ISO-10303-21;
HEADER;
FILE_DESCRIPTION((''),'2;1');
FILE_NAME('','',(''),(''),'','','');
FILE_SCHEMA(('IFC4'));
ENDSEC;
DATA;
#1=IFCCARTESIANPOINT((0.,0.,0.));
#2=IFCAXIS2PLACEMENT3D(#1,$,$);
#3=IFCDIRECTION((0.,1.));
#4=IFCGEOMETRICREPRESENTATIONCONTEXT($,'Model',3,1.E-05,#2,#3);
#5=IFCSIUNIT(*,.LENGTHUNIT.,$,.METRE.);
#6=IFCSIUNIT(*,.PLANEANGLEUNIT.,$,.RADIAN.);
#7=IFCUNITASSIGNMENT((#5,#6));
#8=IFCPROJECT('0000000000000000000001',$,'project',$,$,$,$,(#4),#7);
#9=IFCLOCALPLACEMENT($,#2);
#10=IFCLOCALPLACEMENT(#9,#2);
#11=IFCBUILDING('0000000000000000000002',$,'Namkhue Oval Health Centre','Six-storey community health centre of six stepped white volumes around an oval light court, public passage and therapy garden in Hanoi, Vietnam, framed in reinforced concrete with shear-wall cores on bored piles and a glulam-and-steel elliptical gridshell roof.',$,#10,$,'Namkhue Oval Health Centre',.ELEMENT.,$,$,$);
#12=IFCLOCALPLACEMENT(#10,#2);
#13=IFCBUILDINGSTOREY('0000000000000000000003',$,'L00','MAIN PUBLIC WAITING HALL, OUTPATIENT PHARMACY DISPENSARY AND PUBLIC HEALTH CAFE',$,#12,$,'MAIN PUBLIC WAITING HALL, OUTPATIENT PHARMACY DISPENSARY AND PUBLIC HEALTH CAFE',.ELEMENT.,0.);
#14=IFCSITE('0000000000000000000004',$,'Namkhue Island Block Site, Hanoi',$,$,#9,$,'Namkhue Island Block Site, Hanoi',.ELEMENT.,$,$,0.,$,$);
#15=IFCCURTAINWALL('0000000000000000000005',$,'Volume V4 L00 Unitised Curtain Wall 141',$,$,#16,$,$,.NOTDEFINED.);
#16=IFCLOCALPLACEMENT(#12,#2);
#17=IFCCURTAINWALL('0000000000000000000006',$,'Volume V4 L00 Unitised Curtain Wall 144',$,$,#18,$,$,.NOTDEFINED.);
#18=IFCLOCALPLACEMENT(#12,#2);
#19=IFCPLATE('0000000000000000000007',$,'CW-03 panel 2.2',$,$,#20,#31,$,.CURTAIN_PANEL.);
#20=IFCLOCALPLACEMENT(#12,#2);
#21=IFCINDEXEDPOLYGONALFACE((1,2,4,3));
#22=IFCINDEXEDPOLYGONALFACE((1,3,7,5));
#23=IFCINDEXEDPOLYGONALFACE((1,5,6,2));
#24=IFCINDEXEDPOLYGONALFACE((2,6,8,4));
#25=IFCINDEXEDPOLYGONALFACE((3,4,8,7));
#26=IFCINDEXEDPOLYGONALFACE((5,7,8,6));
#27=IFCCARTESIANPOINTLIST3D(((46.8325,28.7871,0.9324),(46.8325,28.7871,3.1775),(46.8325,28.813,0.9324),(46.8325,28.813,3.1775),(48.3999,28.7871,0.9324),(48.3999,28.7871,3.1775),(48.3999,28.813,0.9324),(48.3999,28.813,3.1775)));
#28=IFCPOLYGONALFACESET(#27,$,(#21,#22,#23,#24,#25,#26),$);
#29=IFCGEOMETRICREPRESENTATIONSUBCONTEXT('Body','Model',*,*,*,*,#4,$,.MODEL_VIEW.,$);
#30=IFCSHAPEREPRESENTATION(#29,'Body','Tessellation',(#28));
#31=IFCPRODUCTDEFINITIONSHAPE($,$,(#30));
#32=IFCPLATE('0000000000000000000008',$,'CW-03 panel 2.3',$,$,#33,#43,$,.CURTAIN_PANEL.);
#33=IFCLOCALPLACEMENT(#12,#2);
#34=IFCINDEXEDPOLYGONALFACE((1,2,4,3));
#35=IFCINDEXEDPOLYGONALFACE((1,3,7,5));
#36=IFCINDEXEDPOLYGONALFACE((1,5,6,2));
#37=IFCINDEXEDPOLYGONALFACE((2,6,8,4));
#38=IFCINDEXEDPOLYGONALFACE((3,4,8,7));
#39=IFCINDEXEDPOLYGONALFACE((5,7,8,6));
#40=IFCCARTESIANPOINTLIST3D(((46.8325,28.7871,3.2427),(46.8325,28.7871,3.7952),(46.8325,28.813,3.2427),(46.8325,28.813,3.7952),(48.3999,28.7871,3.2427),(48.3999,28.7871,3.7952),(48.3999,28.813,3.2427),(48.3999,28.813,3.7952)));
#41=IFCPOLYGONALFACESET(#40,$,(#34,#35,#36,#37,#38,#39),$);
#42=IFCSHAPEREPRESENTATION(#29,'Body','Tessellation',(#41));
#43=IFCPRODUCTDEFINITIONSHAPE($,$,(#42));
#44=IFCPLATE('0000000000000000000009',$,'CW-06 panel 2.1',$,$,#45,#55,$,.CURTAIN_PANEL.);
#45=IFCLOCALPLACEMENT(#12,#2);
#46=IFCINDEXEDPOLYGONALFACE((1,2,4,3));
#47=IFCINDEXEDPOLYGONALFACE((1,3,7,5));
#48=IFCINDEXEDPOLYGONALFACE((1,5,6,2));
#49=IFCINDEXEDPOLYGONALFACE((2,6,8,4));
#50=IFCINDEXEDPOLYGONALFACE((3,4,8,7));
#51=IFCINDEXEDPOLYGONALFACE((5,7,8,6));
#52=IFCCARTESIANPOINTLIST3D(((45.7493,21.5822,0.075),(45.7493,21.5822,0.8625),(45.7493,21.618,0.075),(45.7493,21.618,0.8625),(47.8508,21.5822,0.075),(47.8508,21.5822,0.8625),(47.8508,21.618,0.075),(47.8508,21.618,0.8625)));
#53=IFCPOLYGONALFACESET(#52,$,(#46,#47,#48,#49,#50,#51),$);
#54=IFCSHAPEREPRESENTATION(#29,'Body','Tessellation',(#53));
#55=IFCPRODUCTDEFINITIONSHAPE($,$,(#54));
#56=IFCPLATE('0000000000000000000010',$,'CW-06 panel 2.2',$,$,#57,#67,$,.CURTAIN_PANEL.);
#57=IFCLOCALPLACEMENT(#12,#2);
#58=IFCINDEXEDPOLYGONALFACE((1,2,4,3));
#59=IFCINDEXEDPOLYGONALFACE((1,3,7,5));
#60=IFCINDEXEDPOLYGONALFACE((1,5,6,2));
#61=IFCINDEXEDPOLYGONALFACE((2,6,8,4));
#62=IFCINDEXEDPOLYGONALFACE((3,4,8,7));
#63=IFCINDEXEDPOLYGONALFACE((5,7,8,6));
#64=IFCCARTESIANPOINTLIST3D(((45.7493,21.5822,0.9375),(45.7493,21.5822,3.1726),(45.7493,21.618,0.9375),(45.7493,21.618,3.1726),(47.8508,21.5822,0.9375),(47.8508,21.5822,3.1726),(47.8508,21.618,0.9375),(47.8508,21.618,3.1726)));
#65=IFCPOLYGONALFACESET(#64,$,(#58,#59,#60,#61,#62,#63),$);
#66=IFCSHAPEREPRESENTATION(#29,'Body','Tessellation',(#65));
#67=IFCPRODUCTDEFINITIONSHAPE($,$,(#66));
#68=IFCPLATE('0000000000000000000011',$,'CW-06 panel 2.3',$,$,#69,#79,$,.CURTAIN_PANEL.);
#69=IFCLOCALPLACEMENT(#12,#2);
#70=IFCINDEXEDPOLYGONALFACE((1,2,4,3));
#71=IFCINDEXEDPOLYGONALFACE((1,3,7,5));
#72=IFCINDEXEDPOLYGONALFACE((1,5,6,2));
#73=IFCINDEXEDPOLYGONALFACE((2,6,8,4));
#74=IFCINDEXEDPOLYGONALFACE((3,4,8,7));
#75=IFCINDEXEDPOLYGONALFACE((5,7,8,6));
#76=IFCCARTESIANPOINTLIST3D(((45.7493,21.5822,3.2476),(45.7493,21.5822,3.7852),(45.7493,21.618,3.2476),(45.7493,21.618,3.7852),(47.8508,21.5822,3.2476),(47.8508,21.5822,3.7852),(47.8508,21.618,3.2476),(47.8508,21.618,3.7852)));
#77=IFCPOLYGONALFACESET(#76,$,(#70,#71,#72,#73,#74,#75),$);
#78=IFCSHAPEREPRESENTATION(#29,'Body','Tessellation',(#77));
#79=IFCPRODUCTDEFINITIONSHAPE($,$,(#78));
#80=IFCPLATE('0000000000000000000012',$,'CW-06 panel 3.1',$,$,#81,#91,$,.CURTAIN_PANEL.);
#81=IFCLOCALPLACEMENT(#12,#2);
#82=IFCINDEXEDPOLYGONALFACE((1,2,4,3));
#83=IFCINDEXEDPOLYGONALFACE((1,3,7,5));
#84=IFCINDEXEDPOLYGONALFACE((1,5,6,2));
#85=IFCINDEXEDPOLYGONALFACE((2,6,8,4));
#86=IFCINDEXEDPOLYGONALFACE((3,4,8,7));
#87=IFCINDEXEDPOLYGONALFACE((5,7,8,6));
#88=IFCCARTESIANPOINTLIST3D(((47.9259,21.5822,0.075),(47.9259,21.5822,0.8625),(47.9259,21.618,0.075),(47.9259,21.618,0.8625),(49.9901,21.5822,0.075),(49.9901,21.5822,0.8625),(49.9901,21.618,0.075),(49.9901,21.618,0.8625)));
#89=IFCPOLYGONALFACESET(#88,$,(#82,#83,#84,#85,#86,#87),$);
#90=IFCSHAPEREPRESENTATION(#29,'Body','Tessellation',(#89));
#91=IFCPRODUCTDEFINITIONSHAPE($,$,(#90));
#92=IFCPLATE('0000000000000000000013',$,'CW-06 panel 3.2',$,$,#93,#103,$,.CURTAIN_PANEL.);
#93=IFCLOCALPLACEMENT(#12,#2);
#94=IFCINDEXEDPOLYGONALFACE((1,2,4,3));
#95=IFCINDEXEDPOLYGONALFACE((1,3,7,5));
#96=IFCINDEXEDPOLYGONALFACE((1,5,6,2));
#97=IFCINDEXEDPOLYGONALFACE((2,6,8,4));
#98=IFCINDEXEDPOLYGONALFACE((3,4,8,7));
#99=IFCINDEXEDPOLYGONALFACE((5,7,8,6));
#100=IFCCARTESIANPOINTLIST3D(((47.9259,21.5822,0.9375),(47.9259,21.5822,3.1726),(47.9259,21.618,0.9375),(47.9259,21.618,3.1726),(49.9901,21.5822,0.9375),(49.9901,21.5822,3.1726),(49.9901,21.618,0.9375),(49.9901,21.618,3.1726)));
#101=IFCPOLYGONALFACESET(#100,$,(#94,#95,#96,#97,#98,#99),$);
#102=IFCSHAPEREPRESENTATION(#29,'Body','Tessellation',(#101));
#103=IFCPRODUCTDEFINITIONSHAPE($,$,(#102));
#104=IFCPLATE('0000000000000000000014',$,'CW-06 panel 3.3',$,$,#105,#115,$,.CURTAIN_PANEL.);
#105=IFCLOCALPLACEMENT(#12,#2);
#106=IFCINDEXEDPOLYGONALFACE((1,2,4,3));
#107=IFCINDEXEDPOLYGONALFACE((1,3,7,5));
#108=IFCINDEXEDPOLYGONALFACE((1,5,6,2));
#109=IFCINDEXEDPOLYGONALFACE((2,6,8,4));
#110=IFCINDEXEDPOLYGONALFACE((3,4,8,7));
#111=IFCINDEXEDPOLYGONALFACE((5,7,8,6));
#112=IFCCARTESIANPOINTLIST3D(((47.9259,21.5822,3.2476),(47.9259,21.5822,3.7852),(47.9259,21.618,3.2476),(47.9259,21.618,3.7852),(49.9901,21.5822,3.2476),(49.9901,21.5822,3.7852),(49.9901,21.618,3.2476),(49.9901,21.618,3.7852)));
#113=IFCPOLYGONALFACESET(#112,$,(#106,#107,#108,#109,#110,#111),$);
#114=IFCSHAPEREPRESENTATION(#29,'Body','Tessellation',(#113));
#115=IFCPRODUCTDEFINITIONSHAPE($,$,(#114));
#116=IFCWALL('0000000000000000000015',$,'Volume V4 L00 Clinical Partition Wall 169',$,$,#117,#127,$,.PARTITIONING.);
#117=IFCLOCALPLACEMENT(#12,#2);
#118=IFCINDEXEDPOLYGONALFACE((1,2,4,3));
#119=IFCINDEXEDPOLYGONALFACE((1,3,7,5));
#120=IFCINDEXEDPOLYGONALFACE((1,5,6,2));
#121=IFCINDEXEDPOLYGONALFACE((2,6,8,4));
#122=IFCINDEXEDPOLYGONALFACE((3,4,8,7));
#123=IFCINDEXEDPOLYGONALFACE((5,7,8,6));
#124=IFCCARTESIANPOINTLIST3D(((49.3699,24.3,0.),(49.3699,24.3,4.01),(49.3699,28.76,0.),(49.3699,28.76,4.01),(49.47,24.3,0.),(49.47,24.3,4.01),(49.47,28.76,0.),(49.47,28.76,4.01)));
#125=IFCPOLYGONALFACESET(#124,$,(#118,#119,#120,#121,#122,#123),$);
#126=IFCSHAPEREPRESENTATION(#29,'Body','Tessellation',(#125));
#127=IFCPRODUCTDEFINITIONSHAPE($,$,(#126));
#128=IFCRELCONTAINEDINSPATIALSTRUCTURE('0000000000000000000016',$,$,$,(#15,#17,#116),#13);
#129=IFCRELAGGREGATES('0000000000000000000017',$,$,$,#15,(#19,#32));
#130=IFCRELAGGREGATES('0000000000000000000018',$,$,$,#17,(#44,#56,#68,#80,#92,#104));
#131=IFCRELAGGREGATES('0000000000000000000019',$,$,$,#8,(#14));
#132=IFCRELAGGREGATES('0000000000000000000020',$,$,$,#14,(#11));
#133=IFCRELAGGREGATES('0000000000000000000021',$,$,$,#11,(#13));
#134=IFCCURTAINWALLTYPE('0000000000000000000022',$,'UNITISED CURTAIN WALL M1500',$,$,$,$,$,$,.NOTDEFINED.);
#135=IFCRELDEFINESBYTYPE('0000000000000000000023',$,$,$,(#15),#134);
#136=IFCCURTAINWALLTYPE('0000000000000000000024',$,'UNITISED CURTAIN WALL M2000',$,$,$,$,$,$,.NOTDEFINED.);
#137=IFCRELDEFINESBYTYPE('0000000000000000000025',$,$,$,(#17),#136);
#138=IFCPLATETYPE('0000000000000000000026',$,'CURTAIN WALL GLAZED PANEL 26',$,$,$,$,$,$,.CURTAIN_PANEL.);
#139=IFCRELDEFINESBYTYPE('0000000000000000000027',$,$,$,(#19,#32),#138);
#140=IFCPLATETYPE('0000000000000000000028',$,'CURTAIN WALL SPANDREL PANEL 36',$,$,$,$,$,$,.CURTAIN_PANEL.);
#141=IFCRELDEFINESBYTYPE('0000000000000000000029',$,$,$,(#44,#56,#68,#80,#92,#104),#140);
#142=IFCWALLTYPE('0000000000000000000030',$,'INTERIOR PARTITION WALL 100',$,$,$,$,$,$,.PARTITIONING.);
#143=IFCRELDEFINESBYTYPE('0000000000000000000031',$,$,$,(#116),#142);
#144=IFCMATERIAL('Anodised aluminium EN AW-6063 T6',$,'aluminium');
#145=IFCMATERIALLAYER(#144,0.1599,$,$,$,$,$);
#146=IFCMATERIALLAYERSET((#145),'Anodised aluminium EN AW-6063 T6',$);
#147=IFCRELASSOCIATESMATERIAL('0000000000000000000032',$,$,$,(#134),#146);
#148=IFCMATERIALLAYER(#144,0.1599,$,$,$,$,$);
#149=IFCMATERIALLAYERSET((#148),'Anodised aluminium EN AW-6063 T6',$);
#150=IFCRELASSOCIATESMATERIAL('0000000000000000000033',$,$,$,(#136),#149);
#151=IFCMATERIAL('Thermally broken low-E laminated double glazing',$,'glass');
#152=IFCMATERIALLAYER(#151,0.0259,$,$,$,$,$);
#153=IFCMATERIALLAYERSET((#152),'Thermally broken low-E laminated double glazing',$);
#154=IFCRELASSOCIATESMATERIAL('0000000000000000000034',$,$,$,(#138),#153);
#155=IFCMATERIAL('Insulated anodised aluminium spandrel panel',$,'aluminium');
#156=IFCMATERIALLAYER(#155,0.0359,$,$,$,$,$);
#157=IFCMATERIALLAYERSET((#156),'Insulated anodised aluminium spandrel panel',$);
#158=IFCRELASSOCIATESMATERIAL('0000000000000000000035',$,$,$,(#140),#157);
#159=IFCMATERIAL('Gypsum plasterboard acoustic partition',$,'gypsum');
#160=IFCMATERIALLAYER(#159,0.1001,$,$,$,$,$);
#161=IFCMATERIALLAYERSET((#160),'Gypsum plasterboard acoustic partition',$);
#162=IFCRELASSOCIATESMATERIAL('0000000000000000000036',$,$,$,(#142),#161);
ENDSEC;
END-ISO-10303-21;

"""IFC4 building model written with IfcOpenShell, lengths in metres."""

from ifc_helpers import new_model, si_unit, direction, frame, frame_2d, origin, origin_2d, place, context, subcontext, project, spatial, rectangle, extrude, material, layer, layer_set, type_object, element, aggregate, save


model = new_model("IFC4")

# Units and contexts
model_context = context("Model", 3, precision=1e-05, world=origin(), true_north=direction((0.0, 1.0)))
body_context = subcontext(model_context, "Body", "Model", "MODEL_VIEW")
ifc_project = project(units=[si_unit("LENGTHUNIT", "METRE"), si_unit("PLANEANGLEUNIT", "RADIAN")], contexts=[model_context])

# Site, building, storey
site_placement = place(None, origin())
site = spatial("IfcSite", under=ifc_project, at=site_placement, Name="Namkhue Island Block Site, Hanoi", LongName="Namkhue Island Block Site, Hanoi", CompositionType="ELEMENT", RefElevation=0.0)
building_placement = place(site_placement, origin())
building = spatial("IfcBuilding", under=site, at=building_placement, Name="Namkhue Oval Health Centre", Description="Six-storey community health centre of six stepped white volumes around an oval light court, public passage and therapy garden in Hanoi, Vietnam, framed in reinforced concrete with shear-wall cores on bored piles and a glulam-and-steel elliptical gridshell roof.", LongName="Namkhue Oval Health Centre", CompositionType="ELEMENT")
storey_placement = place(building_placement, origin())
storey = spatial("IfcBuildingStorey", under=building, at=storey_placement, Name="L00", Description="MAIN PUBLIC WAITING HALL, OUTPATIENT PHARMACY DISPENSARY AND PUBLIC HEALTH CAFE", LongName="MAIN PUBLIC WAITING HALL, OUTPATIENT PHARMACY DISPENSARY AND PUBLIC HEALTH CAFE", CompositionType="ELEMENT", Elevation=0.0)

# Curtain walls
ifc_material_1 = material(Name="Anodised aluminium EN AW-6063 T6", Category="aluminium")
ifc_layer_1 = layer(ifc_material_1, 0.1599)
ifc_layer_set_1 = layer_set([ifc_layer_1], Name="Anodised aluminium EN AW-6063 T6")
curtain_wall_type_1 = type_object("IfcCurtainWallType", Name="UNITISED CURTAIN WALL M1500", PredefinedType="NOTDEFINED", material=ifc_layer_set_1)
curtain_wall_1_placement = place(storey_placement, origin())
curtain_wall_1 = element("IfcCurtainWall", 1, at=curtain_wall_1_placement, inside=storey, type_object=curtain_wall_type_1, Name="Volume V4 L00 Unitised Curtain Wall 141", PredefinedType="NOTDEFINED")
ifc_layer_2 = layer(ifc_material_1, 0.1599)
ifc_layer_set_2 = layer_set([ifc_layer_2], Name="Anodised aluminium EN AW-6063 T6")
curtain_wall_type_2 = type_object("IfcCurtainWallType", Name="UNITISED CURTAIN WALL M2000", PredefinedType="NOTDEFINED", material=ifc_layer_set_2)
curtain_wall_2_placement = place(storey_placement, origin())
curtain_wall_2 = element("IfcCurtainWall", 2, at=curtain_wall_2_placement, inside=storey, type_object=curtain_wall_type_2, Name="Volume V4 L00 Unitised Curtain Wall 144", PredefinedType="NOTDEFINED")

# Plates
ifc_material_2 = material(Name="Thermally broken low-E laminated double glazing", Category="glass")
ifc_layer_3 = layer(ifc_material_2, 0.0259)
ifc_layer_set_3 = layer_set([ifc_layer_3], Name="Thermally broken low-E laminated double glazing")
plate_type_1 = type_object("IfcPlateType", Name="CURTAIN WALL GLAZED PANEL 26", PredefinedType="CURTAIN_PANEL", material=ifc_layer_set_3)
plate_1_placement = place(storey_placement, frame((47.6162, 28.8, 0.9324), z_axis=(0.0, 0.0, 1.0), x_axis=(-1.0, 0.0, 0.0)))
plate_1 = element("IfcPlate", 3, at=plate_1_placement, type_object=plate_type_1, Name="CW-03 panel 2.2", PredefinedType="CURTAIN_PANEL", context=body_context, shape_type="SweptSolid", body=[
    extrude(rectangle(XDim=1.5674, YDim=0.0259, at=origin_2d()), origin(), (0.0, 0.0, 1.0), 2.2451),
])
plate_2_placement = place(storey_placement, frame((47.6162, 28.8, 3.2427), z_axis=(0.0, 0.0, 1.0), x_axis=(-1.0, 0.0, 0.0)))
plate_2 = element("IfcPlate", 4, at=plate_2_placement, type_object=plate_type_1, Name="CW-03 panel 2.3", PredefinedType="CURTAIN_PANEL", context=body_context, shape_type="SweptSolid", body=[
    extrude(rectangle(XDim=1.5674, YDim=0.0259, at=origin_2d()), origin(), (0.0, 0.0, 1.0), 0.5525),
])
aggregate(curtain_wall_1, [plate_1, plate_2])
ifc_material_3 = material(Name="Insulated anodised aluminium spandrel panel", Category="aluminium")
ifc_layer_4 = layer(ifc_material_3, 0.0359)
ifc_layer_set_4 = layer_set([ifc_layer_4], Name="Insulated anodised aluminium spandrel panel")
plate_type_2 = type_object("IfcPlateType", Name="CURTAIN WALL SPANDREL PANEL 36", PredefinedType="CURTAIN_PANEL", material=ifc_layer_set_4)
plate_3_placement = place(storey_placement, frame((46.8, 21.6001, 0.075), z_axis=(0.0, 0.0, 1.0), x_axis=(1.0, 0.0, 0.0)))
plate_3 = element("IfcPlate", 5, at=plate_3_placement, type_object=plate_type_2, Name="CW-06 panel 2.1", PredefinedType="CURTAIN_PANEL", context=body_context, shape_type="SweptSolid", body=[
    extrude(rectangle(XDim=2.1016, YDim=0.0359, at=origin_2d()), origin(), (0.0, 0.0, 1.0), 0.7876),
])
plate_4_placement = place(storey_placement, frame((46.8, 21.6001, 0.9375), z_axis=(0.0, 0.0, 1.0), x_axis=(1.0, 0.0, 0.0)))
plate_4 = element("IfcPlate", 6, at=plate_4_placement, type_object=plate_type_2, Name="CW-06 panel 2.2", PredefinedType="CURTAIN_PANEL", context=body_context, shape_type="SweptSolid", body=[
    extrude(rectangle(XDim=2.1016, YDim=0.0359, at=origin_2d()), origin(), (0.0, 0.0, 1.0), 2.2351),
])
plate_5_placement = place(storey_placement, frame((46.8, 21.6001, 3.2476), z_axis=(0.0, 0.0, 1.0), x_axis=(1.0, 0.0, 0.0)))
plate_5 = element("IfcPlate", 7, at=plate_5_placement, type_object=plate_type_2, Name="CW-06 panel 2.3", PredefinedType="CURTAIN_PANEL", context=body_context, shape_type="SweptSolid", body=[
    extrude(rectangle(XDim=2.1016, YDim=0.0359, at=origin_2d()), origin(), (0.0, 0.0, 1.0), 0.5376),
])
plate_6_placement = place(storey_placement, frame((48.958, 21.6001, 0.075), z_axis=(0.0, 0.0, 1.0), x_axis=(1.0, 0.0, 0.0)))
plate_6 = element("IfcPlate", 8, at=plate_6_placement, type_object=plate_type_2, Name="CW-06 panel 3.1", PredefinedType="CURTAIN_PANEL", context=body_context, shape_type="SweptSolid", body=[
    extrude(rectangle(XDim=2.0642, YDim=0.0359, at=origin_2d()), origin(), (0.0, 0.0, 1.0), 0.7876),
])
plate_7_placement = place(storey_placement, frame((48.958, 21.6001, 0.9375), z_axis=(0.0, 0.0, 1.0), x_axis=(1.0, 0.0, 0.0)))
plate_7 = element("IfcPlate", 9, at=plate_7_placement, type_object=plate_type_2, Name="CW-06 panel 3.2", PredefinedType="CURTAIN_PANEL", context=body_context, shape_type="SweptSolid", body=[
    extrude(rectangle(XDim=2.0642, YDim=0.0359, at=origin_2d()), origin(), (0.0, 0.0, 1.0), 2.2351),
])
plate_8_placement = place(storey_placement, frame((48.958, 21.6001, 3.2476), z_axis=(0.0, 0.0, 1.0), x_axis=(1.0, 0.0, 0.0)))
plate_8 = element("IfcPlate", 10, at=plate_8_placement, type_object=plate_type_2, Name="CW-06 panel 3.3", PredefinedType="CURTAIN_PANEL", context=body_context, shape_type="SweptSolid", body=[
    extrude(rectangle(XDim=2.0642, YDim=0.0359, at=origin_2d()), origin(), (0.0, 0.0, 1.0), 0.5376),
])
aggregate(curtain_wall_2, [plate_3, plate_4, plate_5, plate_6, plate_7, plate_8])

# Wall
ifc_material_4 = material(Name="Gypsum plasterboard acoustic partition", Category="gypsum")
ifc_layer_5 = layer(ifc_material_4, 0.1001)
ifc_layer_set_5 = layer_set([ifc_layer_5], Name="Gypsum plasterboard acoustic partition")
wall_type = type_object("IfcWallType", Name="INTERIOR PARTITION WALL 100", PredefinedType="PARTITIONING", material=ifc_layer_set_5)
wall_placement = place(storey_placement, frame((49.4199, 24.3, 0.0), z_axis=(0.0, 0.0, 1.0), x_axis=(0.0, 1.0, 0.0)))
element("IfcWall", 11, at=wall_placement, inside=storey, type_object=wall_type, Name="Volume V4 L00 Clinical Partition Wall 169", PredefinedType="PARTITIONING", context=body_context, shape_type="SweptSolid", body=[
    extrude(rectangle(XDim=4.46, YDim=0.1001, at=frame_2d((2.23, 0.0))), origin(), (0.0, 0.0, 1.0), 4.01),
])

save(model, "model.ifc")
